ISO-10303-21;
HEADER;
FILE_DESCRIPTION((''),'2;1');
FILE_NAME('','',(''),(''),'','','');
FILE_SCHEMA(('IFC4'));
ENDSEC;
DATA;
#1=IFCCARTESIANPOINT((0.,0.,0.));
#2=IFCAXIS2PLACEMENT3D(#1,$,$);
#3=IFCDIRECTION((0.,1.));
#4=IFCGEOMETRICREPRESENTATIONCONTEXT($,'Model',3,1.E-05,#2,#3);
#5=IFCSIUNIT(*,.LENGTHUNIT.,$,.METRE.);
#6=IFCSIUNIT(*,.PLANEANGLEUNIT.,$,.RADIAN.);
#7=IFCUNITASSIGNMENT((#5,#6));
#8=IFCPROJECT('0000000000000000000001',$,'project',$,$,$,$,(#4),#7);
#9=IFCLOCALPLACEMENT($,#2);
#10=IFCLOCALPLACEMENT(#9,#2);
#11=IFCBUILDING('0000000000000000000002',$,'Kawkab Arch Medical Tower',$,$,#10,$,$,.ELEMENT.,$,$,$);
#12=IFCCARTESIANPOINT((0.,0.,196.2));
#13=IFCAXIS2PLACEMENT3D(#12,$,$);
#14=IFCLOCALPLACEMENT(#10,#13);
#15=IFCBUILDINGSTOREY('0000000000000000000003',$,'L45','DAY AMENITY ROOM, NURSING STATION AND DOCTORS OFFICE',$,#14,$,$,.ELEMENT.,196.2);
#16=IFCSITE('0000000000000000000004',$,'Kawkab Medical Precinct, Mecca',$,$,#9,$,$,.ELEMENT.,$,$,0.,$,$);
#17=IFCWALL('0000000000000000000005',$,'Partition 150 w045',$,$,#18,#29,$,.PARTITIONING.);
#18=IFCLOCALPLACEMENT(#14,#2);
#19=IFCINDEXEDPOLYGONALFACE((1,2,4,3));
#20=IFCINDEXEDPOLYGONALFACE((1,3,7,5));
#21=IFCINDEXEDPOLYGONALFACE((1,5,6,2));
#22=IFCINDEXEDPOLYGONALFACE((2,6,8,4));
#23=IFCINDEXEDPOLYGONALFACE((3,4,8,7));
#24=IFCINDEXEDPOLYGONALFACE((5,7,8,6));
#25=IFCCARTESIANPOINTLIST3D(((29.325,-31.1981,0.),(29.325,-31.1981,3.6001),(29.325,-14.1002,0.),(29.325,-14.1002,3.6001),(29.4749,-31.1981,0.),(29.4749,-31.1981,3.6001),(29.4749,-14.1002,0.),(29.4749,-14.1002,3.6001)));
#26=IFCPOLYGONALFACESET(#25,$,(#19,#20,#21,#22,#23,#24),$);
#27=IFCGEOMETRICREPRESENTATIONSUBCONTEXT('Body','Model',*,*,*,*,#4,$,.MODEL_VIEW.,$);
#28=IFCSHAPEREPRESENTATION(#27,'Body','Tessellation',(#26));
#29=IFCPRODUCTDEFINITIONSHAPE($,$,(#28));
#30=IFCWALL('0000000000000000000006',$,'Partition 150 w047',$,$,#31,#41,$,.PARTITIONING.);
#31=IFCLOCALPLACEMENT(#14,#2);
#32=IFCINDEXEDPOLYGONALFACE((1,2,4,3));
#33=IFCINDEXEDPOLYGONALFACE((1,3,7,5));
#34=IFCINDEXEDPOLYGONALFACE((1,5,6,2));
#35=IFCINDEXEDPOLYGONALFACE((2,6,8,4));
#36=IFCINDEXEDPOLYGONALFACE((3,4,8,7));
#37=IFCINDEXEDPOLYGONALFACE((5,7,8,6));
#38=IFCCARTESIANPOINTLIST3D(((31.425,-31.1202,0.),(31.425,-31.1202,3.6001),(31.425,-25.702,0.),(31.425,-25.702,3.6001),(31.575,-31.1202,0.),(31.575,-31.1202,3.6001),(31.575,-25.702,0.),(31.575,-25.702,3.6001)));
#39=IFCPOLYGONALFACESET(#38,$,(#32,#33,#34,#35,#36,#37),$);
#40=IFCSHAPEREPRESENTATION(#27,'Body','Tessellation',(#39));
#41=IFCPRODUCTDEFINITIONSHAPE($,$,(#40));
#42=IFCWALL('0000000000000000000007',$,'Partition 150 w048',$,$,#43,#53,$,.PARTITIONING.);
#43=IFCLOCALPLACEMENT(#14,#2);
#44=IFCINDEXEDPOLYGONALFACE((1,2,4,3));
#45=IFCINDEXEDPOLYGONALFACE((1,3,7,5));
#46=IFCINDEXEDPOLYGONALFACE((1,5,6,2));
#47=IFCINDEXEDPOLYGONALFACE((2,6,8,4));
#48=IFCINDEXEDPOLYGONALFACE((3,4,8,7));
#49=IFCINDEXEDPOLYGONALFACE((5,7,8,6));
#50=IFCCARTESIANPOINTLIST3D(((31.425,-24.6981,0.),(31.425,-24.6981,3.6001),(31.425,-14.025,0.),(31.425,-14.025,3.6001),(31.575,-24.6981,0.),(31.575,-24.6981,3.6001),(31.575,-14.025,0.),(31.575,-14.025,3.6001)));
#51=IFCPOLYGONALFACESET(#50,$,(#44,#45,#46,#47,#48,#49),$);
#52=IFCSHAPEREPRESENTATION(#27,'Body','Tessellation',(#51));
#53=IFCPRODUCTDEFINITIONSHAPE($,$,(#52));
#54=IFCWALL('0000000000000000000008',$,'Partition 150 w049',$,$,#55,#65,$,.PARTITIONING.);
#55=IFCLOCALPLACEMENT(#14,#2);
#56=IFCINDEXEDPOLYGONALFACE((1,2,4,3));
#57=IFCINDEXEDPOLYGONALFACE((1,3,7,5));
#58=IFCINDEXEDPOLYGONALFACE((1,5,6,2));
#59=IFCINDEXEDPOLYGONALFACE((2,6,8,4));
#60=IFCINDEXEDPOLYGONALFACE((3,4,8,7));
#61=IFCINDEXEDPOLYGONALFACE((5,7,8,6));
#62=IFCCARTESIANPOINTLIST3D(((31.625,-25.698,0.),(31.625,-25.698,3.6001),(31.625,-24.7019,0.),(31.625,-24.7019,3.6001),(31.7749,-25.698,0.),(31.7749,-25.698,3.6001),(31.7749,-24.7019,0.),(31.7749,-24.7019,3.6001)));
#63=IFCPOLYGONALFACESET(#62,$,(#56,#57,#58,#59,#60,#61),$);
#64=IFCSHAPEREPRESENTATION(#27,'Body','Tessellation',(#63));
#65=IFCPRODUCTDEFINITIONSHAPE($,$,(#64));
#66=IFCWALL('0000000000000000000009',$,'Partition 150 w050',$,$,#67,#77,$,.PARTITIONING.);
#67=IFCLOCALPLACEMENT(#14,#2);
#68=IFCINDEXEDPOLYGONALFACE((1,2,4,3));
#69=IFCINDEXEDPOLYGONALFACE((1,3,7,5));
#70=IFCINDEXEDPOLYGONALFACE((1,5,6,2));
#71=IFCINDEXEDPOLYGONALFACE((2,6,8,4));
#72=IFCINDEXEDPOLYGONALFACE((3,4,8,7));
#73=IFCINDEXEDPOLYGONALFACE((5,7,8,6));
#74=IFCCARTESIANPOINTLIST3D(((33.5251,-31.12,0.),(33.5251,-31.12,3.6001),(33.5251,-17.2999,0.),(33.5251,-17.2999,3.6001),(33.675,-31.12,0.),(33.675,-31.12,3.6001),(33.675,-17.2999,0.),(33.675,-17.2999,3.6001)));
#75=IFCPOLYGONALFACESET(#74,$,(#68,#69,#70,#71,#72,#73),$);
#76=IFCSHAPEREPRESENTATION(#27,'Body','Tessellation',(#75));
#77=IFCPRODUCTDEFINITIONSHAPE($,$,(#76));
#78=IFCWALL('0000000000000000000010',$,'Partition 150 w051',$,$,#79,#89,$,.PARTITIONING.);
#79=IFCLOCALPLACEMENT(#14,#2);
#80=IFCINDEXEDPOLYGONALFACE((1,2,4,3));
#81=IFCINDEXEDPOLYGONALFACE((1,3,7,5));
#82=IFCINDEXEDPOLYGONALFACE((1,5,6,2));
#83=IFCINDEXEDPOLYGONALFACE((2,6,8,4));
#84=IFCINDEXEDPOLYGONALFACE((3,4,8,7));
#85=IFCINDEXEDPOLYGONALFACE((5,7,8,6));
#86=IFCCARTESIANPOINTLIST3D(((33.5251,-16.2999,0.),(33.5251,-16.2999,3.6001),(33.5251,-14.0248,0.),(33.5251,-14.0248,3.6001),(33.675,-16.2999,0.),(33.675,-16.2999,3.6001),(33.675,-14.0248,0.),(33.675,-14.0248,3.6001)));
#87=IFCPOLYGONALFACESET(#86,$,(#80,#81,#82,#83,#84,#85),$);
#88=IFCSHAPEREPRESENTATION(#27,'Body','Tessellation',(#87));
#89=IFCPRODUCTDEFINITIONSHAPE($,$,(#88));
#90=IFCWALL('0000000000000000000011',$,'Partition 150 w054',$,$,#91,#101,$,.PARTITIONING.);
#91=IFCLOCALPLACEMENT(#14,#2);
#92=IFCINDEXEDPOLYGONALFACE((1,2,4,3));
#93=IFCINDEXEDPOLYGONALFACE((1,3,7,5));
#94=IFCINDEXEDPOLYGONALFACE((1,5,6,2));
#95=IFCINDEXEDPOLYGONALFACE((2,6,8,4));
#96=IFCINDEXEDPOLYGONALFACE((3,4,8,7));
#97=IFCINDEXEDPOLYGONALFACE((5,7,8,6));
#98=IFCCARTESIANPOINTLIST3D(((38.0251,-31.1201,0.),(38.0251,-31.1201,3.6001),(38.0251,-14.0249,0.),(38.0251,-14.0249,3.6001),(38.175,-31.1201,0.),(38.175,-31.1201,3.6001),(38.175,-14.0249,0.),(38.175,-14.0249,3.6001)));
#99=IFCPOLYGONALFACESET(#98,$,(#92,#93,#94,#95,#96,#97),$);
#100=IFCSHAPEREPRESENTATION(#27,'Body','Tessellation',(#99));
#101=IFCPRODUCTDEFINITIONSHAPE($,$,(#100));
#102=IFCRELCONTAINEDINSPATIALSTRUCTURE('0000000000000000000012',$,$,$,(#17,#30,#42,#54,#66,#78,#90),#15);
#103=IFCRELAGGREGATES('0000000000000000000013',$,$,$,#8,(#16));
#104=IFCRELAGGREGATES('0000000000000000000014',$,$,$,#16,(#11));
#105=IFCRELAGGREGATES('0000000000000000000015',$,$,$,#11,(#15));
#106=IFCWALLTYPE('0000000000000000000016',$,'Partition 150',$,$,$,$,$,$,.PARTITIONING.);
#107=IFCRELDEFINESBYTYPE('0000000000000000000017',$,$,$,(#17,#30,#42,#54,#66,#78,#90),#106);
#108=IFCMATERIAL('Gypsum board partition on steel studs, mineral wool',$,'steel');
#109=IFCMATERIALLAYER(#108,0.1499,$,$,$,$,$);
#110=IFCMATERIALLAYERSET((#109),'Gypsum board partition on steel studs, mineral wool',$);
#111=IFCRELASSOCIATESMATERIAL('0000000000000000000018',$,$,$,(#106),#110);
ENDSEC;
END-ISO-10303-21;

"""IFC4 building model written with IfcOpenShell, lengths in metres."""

from ifc_helpers import new_model, si_unit, direction, frame, frame_2d, origin, place, context, subcontext, project, spatial, rectangle, extrude, material, layer, layer_set, type_object, element, save


model = new_model("IFC4")

# Units and contexts
model_context = context("Model", 3, precision=1e-05, world=origin(), true_north=direction((0.0, 1.0)))
body_context = subcontext(model_context, "Body", "Model", "MODEL_VIEW")
ifc_project = project(units=[si_unit("LENGTHUNIT", "METRE"), si_unit("PLANEANGLEUNIT", "RADIAN")], contexts=[model_context])

# Site, building, storey
site_placement = place(None, origin())
site = spatial("IfcSite", under=ifc_project, at=site_placement, Name="Kawkab Medical Precinct, Mecca", CompositionType="ELEMENT", RefElevation=0.0)
building_placement = place(site_placement, origin())
building = spatial("IfcBuilding", under=site, at=building_placement, Name="Kawkab Arch Medical Tower", CompositionType="ELEMENT")
storey_placement = place(building_placement, frame((0.0, 0.0, 196.2)))
storey = spatial("IfcBuildingStorey", under=building, at=storey_placement, Name="L45", Description="DAY AMENITY ROOM, NURSING STATION AND DOCTORS OFFICE", CompositionType="ELEMENT", Elevation=196.2)

# Shared definitions
ifc_material_1 = material(Name="Gypsum board partition on steel studs, mineral wool", Category="steel")
ifc_layer_1 = layer(ifc_material_1, 0.1499)
ifc_layer_set_1 = layer_set([ifc_layer_1], Name="Gypsum board partition on steel studs, mineral wool")
wall_type_1 = type_object("IfcWallType", Name="Partition 150", PredefinedType="PARTITIONING", material=ifc_layer_set_1)

# Walls
wall_1_placement = place(storey_placement, frame((29.3999, -31.198, 0.0), z_axis=(0.0, 0.0, 1.0), x_axis=(0.0, 1.0, 0.0)))
element("IfcWall", 1, at=wall_1_placement, inside=storey, type_object=wall_type_1, Name="Partition 150 w045", PredefinedType="PARTITIONING", context=body_context, shape_type="SweptSolid", body=[
    extrude(rectangle(XDim=17.0979, YDim=0.1499, at=frame_2d((8.5488, 0.0))), origin(), (0.0, 0.0, 1.0), 3.6001),
])
wall_2_placement = place(storey_placement, frame((31.5, -31.1201, 0.0), z_axis=(0.0, 0.0, 1.0), x_axis=(0.0, 1.0, 0.0)))
element("IfcWall", 2, at=wall_2_placement, inside=storey, type_object=wall_type_1, Name="Partition 150 w047", PredefinedType="PARTITIONING", context=body_context, shape_type="SweptSolid", body=[
    extrude(rectangle(XDim=5.4182, YDim=0.1499, at=frame_2d((2.709, 0.0))), origin(), (0.0, 0.0, 1.0), 3.6001),
])
wall_3_placement = place(storey_placement, frame((31.5, -24.698, 0.0), z_axis=(0.0, 0.0, 1.0), x_axis=(0.0, 1.0, 0.0)))
element("IfcWall", 3, at=wall_3_placement, inside=storey, type_object=wall_type_1, Name="Partition 150 w048", PredefinedType="PARTITIONING", context=body_context, shape_type="SweptSolid", body=[
    extrude(rectangle(XDim=10.6731, YDim=0.1499, at=frame_2d((5.3364, 0.0))), origin(), (0.0, 0.0, 1.0), 3.6001),
])
wall_4_placement = place(storey_placement, frame((31.7, -25.698, 0.0), z_axis=(0.0, 0.0, 1.0), x_axis=(0.0, 1.0, 0.0)))
element("IfcWall", 4, at=wall_4_placement, inside=storey, type_object=wall_type_1, Name="Partition 150 w049", PredefinedType="PARTITIONING", context=body_context, shape_type="SweptSolid", body=[
    extrude(rectangle(XDim=0.9961, YDim=0.1499, at=frame_2d((0.498, 0.0))), origin(), (0.0, 0.0, 1.0), 3.6001),
])
wall_5_placement = place(storey_placement, frame((33.6001, -31.1201, 0.0), z_axis=(0.0, 0.0, 1.0), x_axis=(0.0, 1.0, 0.0)))
element("IfcWall", 5, at=wall_5_placement, inside=storey, type_object=wall_type_1, Name="Partition 150 w050", PredefinedType="PARTITIONING", context=body_context, shape_type="SweptSolid", body=[
    extrude(rectangle(XDim=13.8201, YDim=0.1499, at=frame_2d((6.9102, 0.0))), origin(), (0.0, 0.0, 1.0), 3.6001),
])
wall_6_placement = place(storey_placement, frame((33.6001, -16.3, 0.0), z_axis=(0.0, 0.0, 1.0), x_axis=(0.0, 1.0, 0.0)))
element("IfcWall", 6, at=wall_6_placement, inside=storey, type_object=wall_type_1, Name="Partition 150 w051", PredefinedType="PARTITIONING", context=body_context, shape_type="SweptSolid", body=[
    extrude(rectangle(XDim=2.2751, YDim=0.1499, at=frame_2d((1.1377, 0.0))), origin(), (0.0, 0.0, 1.0), 3.6001),
])
wall_7_placement = place(storey_placement, frame((38.1001, -31.1201, 0.0), z_axis=(0.0, 0.0, 1.0), x_axis=(0.0, 1.0, 0.0)))
element("IfcWall", 7, at=wall_7_placement, inside=storey, type_object=wall_type_1, Name="Partition 150 w054", PredefinedType="PARTITIONING", context=body_context, shape_type="SweptSolid", body=[
    extrude(rectangle(XDim=17.0952, YDim=0.1499, at=frame_2d((8.5476, 0.0))), origin(), (0.0, 0.0, 1.0), 3.6001),
])

save(model, "model.ifc")
